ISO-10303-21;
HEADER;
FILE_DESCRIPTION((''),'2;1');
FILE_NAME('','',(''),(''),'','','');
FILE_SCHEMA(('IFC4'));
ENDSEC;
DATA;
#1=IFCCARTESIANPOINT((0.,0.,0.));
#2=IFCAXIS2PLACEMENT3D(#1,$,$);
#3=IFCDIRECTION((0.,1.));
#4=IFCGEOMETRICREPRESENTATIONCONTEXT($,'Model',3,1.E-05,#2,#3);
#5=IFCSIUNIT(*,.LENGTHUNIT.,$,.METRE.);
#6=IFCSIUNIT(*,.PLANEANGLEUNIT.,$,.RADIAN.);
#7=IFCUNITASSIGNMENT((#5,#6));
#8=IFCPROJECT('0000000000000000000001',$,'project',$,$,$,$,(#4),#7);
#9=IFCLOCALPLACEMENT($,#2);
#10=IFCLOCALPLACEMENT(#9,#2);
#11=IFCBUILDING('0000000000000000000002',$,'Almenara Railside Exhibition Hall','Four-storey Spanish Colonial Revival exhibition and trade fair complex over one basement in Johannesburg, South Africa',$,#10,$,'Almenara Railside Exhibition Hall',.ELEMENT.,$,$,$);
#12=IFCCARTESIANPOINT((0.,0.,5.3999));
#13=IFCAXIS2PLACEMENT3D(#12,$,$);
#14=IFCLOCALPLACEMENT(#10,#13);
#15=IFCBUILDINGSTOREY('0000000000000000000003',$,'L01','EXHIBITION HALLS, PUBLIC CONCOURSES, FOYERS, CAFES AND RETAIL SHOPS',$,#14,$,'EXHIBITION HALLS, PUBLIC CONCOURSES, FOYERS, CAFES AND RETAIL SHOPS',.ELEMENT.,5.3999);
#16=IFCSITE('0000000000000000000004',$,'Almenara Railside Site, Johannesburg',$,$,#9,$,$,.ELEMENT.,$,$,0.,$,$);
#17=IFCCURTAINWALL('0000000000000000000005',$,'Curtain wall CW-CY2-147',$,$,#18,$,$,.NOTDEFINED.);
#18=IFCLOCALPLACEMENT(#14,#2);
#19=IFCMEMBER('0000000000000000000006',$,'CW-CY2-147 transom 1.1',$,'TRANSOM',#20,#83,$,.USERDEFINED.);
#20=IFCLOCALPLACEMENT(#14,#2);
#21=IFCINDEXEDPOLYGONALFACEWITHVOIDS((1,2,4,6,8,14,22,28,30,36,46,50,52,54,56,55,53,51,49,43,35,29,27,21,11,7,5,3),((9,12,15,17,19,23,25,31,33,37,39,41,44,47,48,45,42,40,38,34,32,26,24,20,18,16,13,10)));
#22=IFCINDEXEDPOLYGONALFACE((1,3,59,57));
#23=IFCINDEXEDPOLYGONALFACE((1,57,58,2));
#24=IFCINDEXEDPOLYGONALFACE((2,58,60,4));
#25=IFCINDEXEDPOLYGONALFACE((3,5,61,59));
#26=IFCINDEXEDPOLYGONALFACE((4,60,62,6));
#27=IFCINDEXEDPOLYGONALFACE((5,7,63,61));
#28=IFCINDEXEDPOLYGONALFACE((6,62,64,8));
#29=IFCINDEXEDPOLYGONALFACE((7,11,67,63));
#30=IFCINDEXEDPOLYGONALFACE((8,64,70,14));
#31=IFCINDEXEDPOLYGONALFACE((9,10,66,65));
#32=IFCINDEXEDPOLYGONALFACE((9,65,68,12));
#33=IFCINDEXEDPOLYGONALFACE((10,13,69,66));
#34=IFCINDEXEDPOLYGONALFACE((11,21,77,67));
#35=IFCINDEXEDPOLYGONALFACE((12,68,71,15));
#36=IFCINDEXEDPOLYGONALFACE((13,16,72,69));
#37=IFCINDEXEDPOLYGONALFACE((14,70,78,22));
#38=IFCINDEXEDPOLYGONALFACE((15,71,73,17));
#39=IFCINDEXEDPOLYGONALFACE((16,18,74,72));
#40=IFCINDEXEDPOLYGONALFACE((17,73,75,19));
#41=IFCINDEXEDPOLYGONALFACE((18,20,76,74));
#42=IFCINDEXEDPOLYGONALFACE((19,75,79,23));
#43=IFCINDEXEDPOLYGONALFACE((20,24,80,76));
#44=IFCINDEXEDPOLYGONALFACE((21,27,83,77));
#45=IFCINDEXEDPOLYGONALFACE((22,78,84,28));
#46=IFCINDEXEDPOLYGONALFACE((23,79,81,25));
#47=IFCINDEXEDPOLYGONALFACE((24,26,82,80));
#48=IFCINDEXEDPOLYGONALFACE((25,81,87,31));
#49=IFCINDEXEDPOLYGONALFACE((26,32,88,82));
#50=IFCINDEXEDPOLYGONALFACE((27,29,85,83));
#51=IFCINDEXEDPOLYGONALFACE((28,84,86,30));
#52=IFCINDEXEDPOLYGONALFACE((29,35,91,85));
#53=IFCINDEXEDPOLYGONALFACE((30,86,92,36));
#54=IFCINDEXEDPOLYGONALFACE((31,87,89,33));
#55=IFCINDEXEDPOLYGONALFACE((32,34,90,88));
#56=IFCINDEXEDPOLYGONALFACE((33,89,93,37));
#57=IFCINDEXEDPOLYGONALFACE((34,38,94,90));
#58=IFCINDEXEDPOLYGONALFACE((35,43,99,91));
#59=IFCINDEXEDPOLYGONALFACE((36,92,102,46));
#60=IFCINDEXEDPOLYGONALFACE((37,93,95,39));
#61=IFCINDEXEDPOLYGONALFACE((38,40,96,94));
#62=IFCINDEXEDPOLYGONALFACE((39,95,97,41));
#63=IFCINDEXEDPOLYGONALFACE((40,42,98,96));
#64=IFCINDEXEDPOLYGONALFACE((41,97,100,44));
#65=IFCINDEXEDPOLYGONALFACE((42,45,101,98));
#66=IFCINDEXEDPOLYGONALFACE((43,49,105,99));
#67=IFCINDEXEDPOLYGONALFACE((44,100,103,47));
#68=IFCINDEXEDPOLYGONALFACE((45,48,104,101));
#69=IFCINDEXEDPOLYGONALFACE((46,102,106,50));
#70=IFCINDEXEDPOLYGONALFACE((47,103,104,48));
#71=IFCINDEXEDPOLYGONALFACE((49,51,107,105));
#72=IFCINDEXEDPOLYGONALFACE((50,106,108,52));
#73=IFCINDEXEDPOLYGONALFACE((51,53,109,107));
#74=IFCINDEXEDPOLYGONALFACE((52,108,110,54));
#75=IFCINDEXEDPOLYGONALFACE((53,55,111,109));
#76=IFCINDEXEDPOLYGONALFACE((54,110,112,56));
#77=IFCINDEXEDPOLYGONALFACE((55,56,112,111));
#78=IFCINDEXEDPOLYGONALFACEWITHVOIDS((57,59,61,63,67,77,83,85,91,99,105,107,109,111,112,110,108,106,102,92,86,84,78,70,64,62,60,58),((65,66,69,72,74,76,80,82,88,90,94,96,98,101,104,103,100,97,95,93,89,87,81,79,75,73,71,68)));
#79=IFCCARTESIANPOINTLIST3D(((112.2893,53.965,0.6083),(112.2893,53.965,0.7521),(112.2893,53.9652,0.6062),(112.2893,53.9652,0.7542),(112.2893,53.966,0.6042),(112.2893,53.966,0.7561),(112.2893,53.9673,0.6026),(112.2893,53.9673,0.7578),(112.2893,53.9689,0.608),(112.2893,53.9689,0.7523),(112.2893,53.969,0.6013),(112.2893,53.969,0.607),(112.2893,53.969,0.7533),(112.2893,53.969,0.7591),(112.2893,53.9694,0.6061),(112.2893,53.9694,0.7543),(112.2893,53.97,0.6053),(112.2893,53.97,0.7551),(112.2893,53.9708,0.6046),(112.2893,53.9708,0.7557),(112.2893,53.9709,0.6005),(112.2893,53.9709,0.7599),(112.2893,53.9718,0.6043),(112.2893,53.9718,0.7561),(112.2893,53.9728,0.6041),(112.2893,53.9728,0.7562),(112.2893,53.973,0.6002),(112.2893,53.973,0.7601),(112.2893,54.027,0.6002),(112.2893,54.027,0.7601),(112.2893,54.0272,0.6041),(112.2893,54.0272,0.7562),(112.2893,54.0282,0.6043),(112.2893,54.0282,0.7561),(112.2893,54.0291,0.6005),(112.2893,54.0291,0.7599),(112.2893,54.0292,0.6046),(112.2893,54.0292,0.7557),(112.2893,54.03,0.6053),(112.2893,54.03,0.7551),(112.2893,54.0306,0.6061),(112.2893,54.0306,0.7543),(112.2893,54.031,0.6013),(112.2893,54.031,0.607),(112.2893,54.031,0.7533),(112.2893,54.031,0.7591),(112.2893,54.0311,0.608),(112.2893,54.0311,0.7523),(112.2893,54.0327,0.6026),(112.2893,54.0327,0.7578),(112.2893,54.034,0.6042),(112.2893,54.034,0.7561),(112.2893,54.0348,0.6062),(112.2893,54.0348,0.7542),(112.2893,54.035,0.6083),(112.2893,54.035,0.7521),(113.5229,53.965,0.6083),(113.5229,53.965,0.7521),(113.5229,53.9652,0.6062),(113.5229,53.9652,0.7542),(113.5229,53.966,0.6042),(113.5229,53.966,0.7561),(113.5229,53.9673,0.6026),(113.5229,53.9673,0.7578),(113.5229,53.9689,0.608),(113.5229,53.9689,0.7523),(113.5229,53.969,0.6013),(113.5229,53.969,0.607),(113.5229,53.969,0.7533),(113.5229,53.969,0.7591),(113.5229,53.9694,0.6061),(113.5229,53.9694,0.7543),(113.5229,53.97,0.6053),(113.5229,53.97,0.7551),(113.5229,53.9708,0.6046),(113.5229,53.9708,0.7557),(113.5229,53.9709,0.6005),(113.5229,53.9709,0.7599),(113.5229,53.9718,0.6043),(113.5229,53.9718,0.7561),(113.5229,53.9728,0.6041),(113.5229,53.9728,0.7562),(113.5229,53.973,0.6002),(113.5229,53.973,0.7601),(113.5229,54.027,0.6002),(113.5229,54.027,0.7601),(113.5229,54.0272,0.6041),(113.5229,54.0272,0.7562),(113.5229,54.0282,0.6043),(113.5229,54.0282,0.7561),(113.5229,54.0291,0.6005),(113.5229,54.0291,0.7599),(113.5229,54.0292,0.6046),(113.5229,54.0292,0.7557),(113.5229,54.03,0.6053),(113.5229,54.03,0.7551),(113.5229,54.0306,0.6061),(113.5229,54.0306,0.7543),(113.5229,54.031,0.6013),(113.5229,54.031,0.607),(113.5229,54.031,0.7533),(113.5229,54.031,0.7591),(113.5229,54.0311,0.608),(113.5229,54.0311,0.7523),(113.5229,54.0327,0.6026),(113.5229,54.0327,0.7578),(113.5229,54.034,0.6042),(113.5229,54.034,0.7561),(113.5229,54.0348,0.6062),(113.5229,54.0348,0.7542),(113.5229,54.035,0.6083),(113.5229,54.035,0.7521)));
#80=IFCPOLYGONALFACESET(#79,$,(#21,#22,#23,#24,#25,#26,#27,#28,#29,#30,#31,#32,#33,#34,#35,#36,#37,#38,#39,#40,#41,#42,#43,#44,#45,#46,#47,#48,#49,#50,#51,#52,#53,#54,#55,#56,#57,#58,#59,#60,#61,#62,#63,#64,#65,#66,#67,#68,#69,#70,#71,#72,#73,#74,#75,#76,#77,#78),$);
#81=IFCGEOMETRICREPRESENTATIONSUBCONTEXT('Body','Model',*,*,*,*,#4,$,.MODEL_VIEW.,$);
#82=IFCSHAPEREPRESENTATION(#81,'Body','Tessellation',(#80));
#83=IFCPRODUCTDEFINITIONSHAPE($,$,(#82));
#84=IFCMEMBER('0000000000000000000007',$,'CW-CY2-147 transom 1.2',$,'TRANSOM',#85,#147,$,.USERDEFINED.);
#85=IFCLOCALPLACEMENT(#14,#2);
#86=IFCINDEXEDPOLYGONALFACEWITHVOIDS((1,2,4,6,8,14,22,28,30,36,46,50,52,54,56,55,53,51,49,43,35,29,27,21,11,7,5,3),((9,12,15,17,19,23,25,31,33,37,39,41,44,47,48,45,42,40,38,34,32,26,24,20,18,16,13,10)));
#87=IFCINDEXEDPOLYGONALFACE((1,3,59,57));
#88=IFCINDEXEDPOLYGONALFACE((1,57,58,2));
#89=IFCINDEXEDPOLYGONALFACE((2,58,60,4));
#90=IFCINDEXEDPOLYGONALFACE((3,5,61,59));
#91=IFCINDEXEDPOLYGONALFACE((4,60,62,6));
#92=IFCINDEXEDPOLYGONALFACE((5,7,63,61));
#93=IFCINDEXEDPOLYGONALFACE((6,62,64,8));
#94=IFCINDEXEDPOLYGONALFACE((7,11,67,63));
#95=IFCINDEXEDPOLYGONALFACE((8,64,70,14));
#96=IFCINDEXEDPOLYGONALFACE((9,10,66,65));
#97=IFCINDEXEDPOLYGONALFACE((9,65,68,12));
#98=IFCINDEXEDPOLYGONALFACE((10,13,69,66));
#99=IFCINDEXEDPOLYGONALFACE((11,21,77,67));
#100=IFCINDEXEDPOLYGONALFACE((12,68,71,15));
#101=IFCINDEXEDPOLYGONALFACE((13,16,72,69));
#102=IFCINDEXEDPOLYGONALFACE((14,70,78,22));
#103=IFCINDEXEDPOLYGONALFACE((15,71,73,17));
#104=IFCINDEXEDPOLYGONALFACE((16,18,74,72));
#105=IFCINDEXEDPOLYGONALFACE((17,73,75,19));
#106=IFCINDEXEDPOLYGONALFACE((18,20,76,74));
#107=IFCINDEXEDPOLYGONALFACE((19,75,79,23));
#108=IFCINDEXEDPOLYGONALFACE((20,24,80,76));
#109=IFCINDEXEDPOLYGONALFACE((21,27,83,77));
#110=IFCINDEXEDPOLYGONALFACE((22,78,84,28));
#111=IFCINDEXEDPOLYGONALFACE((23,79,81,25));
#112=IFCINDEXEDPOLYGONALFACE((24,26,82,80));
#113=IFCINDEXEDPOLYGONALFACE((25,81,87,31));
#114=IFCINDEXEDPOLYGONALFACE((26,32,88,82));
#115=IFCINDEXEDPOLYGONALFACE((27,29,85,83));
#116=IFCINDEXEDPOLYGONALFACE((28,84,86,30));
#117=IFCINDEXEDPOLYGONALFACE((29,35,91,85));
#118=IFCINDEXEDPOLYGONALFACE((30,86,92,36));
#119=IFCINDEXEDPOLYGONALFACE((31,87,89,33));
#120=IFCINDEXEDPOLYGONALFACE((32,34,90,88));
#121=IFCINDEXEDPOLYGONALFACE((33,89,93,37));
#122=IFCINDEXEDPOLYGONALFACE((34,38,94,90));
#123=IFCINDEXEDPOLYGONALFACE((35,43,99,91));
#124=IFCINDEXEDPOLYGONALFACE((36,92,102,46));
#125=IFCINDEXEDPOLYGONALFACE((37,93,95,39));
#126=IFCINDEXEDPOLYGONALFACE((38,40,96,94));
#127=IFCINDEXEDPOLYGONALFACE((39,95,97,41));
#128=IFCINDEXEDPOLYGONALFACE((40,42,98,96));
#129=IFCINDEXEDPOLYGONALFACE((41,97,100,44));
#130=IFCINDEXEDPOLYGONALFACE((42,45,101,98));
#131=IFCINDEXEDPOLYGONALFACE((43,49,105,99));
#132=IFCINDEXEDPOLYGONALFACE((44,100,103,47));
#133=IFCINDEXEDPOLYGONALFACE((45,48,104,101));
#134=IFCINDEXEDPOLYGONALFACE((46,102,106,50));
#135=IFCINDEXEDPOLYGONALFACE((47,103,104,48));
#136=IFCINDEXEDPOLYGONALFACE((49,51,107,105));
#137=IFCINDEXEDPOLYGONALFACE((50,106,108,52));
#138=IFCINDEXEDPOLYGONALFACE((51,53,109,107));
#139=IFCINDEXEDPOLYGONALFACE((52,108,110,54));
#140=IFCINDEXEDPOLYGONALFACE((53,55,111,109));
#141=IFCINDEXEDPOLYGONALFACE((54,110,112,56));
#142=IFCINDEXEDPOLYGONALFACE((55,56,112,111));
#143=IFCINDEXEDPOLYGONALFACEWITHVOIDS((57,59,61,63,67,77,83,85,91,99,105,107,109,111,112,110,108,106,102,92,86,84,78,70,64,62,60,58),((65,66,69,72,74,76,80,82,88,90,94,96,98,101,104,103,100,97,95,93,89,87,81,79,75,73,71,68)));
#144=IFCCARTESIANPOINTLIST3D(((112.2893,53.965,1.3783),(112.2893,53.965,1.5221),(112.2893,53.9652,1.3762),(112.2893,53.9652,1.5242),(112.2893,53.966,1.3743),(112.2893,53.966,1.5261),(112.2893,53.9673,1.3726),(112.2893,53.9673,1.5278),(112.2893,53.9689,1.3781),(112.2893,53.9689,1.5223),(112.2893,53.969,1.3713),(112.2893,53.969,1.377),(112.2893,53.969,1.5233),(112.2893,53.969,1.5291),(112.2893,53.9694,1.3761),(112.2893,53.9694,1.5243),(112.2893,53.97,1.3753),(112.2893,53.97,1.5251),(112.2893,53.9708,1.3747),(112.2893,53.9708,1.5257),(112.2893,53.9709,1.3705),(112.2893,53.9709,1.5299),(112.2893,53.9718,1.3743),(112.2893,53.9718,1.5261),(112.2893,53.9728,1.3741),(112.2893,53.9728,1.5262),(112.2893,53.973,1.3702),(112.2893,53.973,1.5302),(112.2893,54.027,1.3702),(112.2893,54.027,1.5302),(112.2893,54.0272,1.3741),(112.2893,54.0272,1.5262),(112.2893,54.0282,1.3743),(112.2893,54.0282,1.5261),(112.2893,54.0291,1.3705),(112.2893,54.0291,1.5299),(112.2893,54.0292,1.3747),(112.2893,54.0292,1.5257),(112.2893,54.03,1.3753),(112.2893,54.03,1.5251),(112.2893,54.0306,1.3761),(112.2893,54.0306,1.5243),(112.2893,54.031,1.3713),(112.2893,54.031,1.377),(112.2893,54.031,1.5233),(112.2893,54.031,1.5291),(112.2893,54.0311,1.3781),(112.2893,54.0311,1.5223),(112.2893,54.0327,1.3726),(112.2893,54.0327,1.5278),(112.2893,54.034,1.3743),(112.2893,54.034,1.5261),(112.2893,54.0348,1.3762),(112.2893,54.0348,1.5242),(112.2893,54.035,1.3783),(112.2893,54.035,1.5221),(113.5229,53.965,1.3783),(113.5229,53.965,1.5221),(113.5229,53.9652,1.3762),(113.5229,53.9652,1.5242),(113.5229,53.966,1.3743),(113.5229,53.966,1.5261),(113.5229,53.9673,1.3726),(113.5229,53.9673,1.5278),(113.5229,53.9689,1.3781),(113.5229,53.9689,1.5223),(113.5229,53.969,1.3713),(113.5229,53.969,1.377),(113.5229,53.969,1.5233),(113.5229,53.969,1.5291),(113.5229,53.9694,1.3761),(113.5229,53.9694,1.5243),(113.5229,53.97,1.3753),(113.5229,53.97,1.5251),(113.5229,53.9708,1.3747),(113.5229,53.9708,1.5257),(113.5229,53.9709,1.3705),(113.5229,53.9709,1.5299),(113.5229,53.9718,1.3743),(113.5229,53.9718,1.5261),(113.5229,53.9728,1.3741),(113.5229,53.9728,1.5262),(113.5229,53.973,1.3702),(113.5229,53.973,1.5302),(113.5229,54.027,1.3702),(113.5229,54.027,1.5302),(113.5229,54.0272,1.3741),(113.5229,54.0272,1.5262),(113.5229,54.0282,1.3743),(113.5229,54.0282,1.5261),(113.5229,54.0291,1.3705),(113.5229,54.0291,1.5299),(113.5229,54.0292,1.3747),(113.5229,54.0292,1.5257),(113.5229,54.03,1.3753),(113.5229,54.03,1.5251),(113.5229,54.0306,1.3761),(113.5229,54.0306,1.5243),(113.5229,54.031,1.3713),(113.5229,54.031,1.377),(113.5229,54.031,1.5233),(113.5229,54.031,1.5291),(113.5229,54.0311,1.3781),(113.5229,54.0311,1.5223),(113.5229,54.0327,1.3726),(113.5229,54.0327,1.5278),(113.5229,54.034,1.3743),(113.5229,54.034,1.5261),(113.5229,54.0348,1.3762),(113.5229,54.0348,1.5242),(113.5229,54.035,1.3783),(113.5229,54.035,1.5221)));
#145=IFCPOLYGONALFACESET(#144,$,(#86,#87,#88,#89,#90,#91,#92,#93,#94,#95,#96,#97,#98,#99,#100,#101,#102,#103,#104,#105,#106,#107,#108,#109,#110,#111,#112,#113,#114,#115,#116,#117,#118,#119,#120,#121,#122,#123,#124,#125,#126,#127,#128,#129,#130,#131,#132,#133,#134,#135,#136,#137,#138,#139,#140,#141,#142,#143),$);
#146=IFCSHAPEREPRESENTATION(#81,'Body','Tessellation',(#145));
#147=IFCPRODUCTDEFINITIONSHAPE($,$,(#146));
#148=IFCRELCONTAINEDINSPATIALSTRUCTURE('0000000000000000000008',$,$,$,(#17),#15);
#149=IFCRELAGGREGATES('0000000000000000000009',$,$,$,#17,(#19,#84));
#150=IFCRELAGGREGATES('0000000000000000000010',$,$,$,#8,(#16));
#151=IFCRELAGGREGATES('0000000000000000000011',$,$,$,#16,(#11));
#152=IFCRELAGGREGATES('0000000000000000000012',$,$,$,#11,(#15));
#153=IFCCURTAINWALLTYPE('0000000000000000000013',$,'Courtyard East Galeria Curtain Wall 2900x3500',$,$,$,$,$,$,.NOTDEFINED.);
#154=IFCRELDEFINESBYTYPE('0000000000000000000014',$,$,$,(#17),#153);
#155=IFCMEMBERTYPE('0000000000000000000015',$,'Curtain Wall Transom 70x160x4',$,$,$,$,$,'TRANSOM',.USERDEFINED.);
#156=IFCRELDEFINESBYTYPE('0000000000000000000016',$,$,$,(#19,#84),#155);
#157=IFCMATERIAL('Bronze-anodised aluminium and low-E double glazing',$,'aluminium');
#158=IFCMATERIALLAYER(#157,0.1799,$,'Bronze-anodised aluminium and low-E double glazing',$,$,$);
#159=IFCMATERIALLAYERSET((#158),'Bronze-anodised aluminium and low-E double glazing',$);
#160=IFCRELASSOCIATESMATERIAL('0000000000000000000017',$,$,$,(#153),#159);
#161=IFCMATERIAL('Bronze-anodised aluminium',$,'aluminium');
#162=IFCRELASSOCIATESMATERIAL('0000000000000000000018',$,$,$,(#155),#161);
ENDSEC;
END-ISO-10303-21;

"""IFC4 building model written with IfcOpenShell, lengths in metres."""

from ifc_helpers import new_model, si_unit, direction, frame, origin, origin_2d, place, context, subcontext, project, spatial, hollow_rectangle, extrude, material, layer, layer_set, material_profile, profile_set, type_object, element, aggregate, save


model = new_model("IFC4")

# Units and contexts
model_context = context("Model", 3, precision=1e-05, world=origin(), true_north=direction((0.0, 1.0)))
body_context = subcontext(model_context, "Body", "Model", "MODEL_VIEW")
ifc_project = project(units=[si_unit("LENGTHUNIT", "METRE"), si_unit("PLANEANGLEUNIT", "RADIAN")], contexts=[model_context])

# Site, building, storey
site_placement = place(None, origin())
site = spatial("IfcSite", under=ifc_project, at=site_placement, Name="Almenara Railside Site, Johannesburg", CompositionType="ELEMENT", RefElevation=0.0)
building_placement = place(site_placement, origin())
building = spatial("IfcBuilding", under=site, at=building_placement, Name="Almenara Railside Exhibition Hall", Description="Four-storey Spanish Colonial Revival exhibition and trade fair complex over one basement in Johannesburg, South Africa", LongName="Almenara Railside Exhibition Hall", CompositionType="ELEMENT")
storey_placement = place(building_placement, frame((0.0, 0.0, 5.3999)))
storey = spatial("IfcBuildingStorey", under=building, at=storey_placement, Name="L01", Description="EXHIBITION HALLS, PUBLIC CONCOURSES, FOYERS, CAFES AND RETAIL SHOPS", LongName="EXHIBITION HALLS, PUBLIC CONCOURSES, FOYERS, CAFES AND RETAIL SHOPS", CompositionType="ELEMENT", Elevation=5.3999)

# Shared definitions
ifc_material_1 = material(Name="Bronze-anodised aluminium and low-E double glazing", Category="aluminium")
ifc_material_2 = material(Name="Bronze-anodised aluminium", Category="aluminium")

# Curtain wall
ifc_layer_1 = layer(ifc_material_1, 0.1799, Name="Bronze-anodised aluminium and low-E double glazing")
ifc_layer_set_1 = layer_set([ifc_layer_1], Name="Bronze-anodised aluminium and low-E double glazing")
curtain_wall_type_1 = type_object("IfcCurtainWallType", Name="Courtyard East Galeria Curtain Wall 2900x3500", PredefinedType="NOTDEFINED", material=ifc_layer_set_1)
curtain_wall_1_placement = place(storey_placement, origin())
curtain_wall_1 = element("IfcCurtainWall", 1, at=curtain_wall_1_placement, inside=storey, type_object=curtain_wall_type_1, Name="Curtain wall CW-CY2-147", PredefinedType="NOTDEFINED")

# Members
ifc_material_profile_1 = material_profile(ifc_material_2, hollow_rectangle(XDim=0.0701, YDim=0.1599, WallThickness=0.0039, InnerFilletRadius=0.0039, OuterFilletRadius=0.0081, at=origin_2d()), Name="ALU-TRN 70x160x4")
ifc_profile_set_1 = profile_set([ifc_material_profile_1], Name="Bronze-anodised aluminium")
member_type_1 = type_object("IfcMemberType", Name="Curtain Wall Transom 70x160x4", ElementType="TRANSOM", PredefinedType="USERDEFINED", material=ifc_profile_set_1)
member_1_placement = place(storey_placement, frame((112.2893, 54.0, 0.6802), z_axis=(1.0, 0.0, 0.0), x_axis=(0.0, 1.0, 0.0)))
member_1 = element("IfcMember", 2, at=member_1_placement, type_object=member_type_1, Name="CW-CY2-147 transom 1.1", ObjectType="TRANSOM", PredefinedType="USERDEFINED", context=body_context, shape_type="SweptSolid", body=[
    extrude(hollow_rectangle(XDim=0.0701, YDim=0.1599, WallThickness=0.0039, InnerFilletRadius=0.0039, OuterFilletRadius=0.0081, at=origin_2d()), origin(), (0.0, 0.0, 1.0), 1.2336),
])
member_2_placement = place(storey_placement, frame((112.2893, 54.0, 1.4502), z_axis=(1.0, 0.0, 0.0), x_axis=(0.0, 1.0, 0.0)))
member_2 = element("IfcMember", 3, at=member_2_placement, type_object=member_type_1, Name="CW-CY2-147 transom 1.2", ObjectType="TRANSOM", PredefinedType="USERDEFINED", context=body_context, shape_type="SweptSolid", body=[
    extrude(hollow_rectangle(XDim=0.0701, YDim=0.1599, WallThickness=0.0039, InnerFilletRadius=0.0039, OuterFilletRadius=0.0081, at=origin_2d()), origin(), (0.0, 0.0, 1.0), 1.2336),
])

aggregate(curtain_wall_1, [member_1, member_2])

save(model, "model.ifc")
